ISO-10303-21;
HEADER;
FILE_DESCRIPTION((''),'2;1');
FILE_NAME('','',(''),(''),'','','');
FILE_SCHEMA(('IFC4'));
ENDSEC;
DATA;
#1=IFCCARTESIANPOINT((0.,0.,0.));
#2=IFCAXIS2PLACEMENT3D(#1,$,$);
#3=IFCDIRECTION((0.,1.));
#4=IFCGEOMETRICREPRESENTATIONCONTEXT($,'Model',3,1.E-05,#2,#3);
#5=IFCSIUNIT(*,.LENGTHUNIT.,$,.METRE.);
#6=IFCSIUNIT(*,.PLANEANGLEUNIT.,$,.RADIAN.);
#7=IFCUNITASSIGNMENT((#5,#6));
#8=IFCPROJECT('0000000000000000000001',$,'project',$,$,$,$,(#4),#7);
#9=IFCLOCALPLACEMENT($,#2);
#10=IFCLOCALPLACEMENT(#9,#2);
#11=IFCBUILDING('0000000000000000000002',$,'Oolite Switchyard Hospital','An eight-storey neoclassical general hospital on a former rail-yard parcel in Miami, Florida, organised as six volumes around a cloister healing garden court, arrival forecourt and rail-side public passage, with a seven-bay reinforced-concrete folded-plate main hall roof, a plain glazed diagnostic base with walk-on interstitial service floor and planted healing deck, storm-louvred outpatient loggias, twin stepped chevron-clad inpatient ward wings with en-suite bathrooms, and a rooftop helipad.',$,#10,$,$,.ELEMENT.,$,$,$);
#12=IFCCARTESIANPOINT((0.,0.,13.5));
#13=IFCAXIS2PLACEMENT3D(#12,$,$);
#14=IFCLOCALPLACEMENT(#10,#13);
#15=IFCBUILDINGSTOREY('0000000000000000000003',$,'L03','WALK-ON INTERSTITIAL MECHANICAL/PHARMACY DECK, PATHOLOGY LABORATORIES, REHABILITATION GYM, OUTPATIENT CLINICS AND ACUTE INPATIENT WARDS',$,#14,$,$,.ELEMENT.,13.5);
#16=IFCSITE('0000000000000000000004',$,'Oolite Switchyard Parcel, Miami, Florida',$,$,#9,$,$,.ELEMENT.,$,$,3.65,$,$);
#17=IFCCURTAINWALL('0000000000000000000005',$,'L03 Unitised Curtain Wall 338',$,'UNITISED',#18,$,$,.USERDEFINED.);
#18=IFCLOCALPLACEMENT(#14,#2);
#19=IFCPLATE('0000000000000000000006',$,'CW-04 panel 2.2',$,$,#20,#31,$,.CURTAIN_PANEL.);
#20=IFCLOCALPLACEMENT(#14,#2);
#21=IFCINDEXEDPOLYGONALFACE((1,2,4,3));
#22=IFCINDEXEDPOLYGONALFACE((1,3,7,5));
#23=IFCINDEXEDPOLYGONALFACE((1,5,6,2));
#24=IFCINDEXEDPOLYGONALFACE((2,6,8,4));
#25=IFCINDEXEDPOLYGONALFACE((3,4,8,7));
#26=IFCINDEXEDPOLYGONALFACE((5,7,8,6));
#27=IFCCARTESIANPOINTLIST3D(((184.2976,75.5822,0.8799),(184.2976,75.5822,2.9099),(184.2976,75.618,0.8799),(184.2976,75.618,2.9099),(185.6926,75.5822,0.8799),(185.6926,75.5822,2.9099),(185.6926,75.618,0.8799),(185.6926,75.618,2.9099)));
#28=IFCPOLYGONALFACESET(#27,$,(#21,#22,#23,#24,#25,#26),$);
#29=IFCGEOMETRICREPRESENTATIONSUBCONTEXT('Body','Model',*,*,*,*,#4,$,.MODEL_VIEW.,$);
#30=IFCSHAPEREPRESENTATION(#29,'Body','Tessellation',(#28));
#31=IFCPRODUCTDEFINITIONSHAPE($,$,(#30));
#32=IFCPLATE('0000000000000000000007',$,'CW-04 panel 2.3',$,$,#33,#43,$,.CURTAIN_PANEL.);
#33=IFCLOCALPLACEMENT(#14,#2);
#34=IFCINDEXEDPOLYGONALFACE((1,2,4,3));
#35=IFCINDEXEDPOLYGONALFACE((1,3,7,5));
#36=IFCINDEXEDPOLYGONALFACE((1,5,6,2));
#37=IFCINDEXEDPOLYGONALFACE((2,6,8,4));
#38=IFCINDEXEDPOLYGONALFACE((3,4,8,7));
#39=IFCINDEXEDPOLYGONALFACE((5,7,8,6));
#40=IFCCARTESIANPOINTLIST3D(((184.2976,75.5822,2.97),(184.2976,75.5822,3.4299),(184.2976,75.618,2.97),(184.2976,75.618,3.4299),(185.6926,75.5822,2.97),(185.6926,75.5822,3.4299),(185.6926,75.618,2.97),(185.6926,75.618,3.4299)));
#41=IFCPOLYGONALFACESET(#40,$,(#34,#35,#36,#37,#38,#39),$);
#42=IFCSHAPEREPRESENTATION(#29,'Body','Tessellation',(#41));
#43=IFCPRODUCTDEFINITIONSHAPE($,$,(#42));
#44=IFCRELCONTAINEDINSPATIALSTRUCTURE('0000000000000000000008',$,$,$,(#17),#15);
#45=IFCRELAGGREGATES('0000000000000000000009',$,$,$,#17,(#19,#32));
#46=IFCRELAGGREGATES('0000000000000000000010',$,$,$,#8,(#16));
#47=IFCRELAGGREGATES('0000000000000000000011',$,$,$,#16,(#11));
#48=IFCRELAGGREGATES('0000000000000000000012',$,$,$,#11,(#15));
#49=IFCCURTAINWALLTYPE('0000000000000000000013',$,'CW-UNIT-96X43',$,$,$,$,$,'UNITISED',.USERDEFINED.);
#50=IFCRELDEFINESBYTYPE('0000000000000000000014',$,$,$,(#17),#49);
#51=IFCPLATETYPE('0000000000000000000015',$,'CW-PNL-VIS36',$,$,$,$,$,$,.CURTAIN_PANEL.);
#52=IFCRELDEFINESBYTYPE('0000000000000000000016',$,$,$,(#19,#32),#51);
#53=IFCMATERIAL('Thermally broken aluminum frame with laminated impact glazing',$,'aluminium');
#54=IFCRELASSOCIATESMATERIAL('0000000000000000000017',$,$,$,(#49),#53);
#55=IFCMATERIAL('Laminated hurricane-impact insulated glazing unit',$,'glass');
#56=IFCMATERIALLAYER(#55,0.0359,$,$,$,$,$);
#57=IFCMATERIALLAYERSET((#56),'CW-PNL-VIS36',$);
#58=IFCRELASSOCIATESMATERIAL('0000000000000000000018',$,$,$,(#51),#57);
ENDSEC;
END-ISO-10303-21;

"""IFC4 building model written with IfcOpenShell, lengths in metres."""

from ifc_helpers import new_model, si_unit, direction, frame, origin, origin_2d, place, context, subcontext, project, spatial, rectangle, extrude, material, layer, layer_set, type_object, element, aggregate, save


model = new_model("IFC4")

# Units and contexts
model_context = context("Model", 3, precision=1e-05, world=origin(), true_north=direction((0.0, 1.0)))
body_context = subcontext(model_context, "Body", "Model", "MODEL_VIEW")
ifc_project = project(units=[si_unit("LENGTHUNIT", "METRE"), si_unit("PLANEANGLEUNIT", "RADIAN")], contexts=[model_context])

# Site, building, storey
site_placement = place(None, origin())
site = spatial("IfcSite", under=ifc_project, at=site_placement, Name="Oolite Switchyard Parcel, Miami, Florida", CompositionType="ELEMENT", RefElevation=3.65)
building_placement = place(site_placement, origin())
building = spatial("IfcBuilding", under=site, at=building_placement, Name="Oolite Switchyard Hospital", Description="An eight-storey neoclassical general hospital on a former rail-yard parcel in Miami, Florida, organised as six volumes around a cloister healing garden court, arrival forecourt and rail-side public passage, with a seven-bay reinforced-concrete folded-plate main hall roof, a plain glazed diagnostic base with walk-on interstitial service floor and planted healing deck, storm-louvred outpatient loggias, twin stepped chevron-clad inpatient ward wings with en-suite bathrooms, and a rooftop helipad.", CompositionType="ELEMENT")
storey_placement = place(building_placement, frame((0.0, 0.0, 13.5)))
storey = spatial("IfcBuildingStorey", under=building, at=storey_placement, Name="L03", Description="WALK-ON INTERSTITIAL MECHANICAL/PHARMACY DECK, PATHOLOGY LABORATORIES, REHABILITATION GYM, OUTPATIENT CLINICS AND ACUTE INPATIENT WARDS", CompositionType="ELEMENT", Elevation=13.5)

# Curtain wall, plates
ifc_material_1 = material(Name="Thermally broken aluminum frame with laminated impact glazing", Category="aluminium")
curtain_wall_type = type_object("IfcCurtainWallType", Name="CW-UNIT-96X43", ElementType="UNITISED", PredefinedType="USERDEFINED", material=ifc_material_1)
curtain_wall_placement = place(storey_placement, origin())
curtain_wall = element("IfcCurtainWall", 1, at=curtain_wall_placement, inside=storey, type_object=curtain_wall_type, Name="L03 Unitised Curtain Wall 338", ObjectType="UNITISED", PredefinedType="USERDEFINED")
ifc_material_2 = material(Name="Laminated hurricane-impact insulated glazing unit", Category="glass")
ifc_layer = layer(ifc_material_2, 0.0359)
ifc_layer_set = layer_set([ifc_layer], Name="CW-PNL-VIS36")
plate_type = type_object("IfcPlateType", Name="CW-PNL-VIS36", PredefinedType="CURTAIN_PANEL", material=ifc_layer_set)
plate_1_placement = place(storey_placement, frame((184.9951, 75.6001, 0.8799), z_axis=(0.0, 0.0, 1.0), x_axis=(1.0, 0.0, 0.0)))
plate_1 = element("IfcPlate", 2, at=plate_1_placement, type_object=plate_type, Name="CW-04 panel 2.2", PredefinedType="CURTAIN_PANEL", context=body_context, shape_type="SweptSolid", body=[
    extrude(rectangle(XDim=1.395, YDim=0.0359, at=origin_2d()), origin(), (0.0, 0.0, 1.0), 2.03),
])
plate_2_placement = place(storey_placement, frame((184.9951, 75.6001, 2.97), z_axis=(0.0, 0.0, 1.0), x_axis=(1.0, 0.0, 0.0)))
plate_2 = element("IfcPlate", 3, at=plate_2_placement, type_object=plate_type, Name="CW-04 panel 2.3", PredefinedType="CURTAIN_PANEL", context=body_context, shape_type="SweptSolid", body=[
    extrude(rectangle(XDim=1.395, YDim=0.0359, at=origin_2d()), origin(), (0.0, 0.0, 1.0), 0.46),
])
aggregate(curtain_wall, [plate_1, plate_2])

save(model, "model.ifc")
